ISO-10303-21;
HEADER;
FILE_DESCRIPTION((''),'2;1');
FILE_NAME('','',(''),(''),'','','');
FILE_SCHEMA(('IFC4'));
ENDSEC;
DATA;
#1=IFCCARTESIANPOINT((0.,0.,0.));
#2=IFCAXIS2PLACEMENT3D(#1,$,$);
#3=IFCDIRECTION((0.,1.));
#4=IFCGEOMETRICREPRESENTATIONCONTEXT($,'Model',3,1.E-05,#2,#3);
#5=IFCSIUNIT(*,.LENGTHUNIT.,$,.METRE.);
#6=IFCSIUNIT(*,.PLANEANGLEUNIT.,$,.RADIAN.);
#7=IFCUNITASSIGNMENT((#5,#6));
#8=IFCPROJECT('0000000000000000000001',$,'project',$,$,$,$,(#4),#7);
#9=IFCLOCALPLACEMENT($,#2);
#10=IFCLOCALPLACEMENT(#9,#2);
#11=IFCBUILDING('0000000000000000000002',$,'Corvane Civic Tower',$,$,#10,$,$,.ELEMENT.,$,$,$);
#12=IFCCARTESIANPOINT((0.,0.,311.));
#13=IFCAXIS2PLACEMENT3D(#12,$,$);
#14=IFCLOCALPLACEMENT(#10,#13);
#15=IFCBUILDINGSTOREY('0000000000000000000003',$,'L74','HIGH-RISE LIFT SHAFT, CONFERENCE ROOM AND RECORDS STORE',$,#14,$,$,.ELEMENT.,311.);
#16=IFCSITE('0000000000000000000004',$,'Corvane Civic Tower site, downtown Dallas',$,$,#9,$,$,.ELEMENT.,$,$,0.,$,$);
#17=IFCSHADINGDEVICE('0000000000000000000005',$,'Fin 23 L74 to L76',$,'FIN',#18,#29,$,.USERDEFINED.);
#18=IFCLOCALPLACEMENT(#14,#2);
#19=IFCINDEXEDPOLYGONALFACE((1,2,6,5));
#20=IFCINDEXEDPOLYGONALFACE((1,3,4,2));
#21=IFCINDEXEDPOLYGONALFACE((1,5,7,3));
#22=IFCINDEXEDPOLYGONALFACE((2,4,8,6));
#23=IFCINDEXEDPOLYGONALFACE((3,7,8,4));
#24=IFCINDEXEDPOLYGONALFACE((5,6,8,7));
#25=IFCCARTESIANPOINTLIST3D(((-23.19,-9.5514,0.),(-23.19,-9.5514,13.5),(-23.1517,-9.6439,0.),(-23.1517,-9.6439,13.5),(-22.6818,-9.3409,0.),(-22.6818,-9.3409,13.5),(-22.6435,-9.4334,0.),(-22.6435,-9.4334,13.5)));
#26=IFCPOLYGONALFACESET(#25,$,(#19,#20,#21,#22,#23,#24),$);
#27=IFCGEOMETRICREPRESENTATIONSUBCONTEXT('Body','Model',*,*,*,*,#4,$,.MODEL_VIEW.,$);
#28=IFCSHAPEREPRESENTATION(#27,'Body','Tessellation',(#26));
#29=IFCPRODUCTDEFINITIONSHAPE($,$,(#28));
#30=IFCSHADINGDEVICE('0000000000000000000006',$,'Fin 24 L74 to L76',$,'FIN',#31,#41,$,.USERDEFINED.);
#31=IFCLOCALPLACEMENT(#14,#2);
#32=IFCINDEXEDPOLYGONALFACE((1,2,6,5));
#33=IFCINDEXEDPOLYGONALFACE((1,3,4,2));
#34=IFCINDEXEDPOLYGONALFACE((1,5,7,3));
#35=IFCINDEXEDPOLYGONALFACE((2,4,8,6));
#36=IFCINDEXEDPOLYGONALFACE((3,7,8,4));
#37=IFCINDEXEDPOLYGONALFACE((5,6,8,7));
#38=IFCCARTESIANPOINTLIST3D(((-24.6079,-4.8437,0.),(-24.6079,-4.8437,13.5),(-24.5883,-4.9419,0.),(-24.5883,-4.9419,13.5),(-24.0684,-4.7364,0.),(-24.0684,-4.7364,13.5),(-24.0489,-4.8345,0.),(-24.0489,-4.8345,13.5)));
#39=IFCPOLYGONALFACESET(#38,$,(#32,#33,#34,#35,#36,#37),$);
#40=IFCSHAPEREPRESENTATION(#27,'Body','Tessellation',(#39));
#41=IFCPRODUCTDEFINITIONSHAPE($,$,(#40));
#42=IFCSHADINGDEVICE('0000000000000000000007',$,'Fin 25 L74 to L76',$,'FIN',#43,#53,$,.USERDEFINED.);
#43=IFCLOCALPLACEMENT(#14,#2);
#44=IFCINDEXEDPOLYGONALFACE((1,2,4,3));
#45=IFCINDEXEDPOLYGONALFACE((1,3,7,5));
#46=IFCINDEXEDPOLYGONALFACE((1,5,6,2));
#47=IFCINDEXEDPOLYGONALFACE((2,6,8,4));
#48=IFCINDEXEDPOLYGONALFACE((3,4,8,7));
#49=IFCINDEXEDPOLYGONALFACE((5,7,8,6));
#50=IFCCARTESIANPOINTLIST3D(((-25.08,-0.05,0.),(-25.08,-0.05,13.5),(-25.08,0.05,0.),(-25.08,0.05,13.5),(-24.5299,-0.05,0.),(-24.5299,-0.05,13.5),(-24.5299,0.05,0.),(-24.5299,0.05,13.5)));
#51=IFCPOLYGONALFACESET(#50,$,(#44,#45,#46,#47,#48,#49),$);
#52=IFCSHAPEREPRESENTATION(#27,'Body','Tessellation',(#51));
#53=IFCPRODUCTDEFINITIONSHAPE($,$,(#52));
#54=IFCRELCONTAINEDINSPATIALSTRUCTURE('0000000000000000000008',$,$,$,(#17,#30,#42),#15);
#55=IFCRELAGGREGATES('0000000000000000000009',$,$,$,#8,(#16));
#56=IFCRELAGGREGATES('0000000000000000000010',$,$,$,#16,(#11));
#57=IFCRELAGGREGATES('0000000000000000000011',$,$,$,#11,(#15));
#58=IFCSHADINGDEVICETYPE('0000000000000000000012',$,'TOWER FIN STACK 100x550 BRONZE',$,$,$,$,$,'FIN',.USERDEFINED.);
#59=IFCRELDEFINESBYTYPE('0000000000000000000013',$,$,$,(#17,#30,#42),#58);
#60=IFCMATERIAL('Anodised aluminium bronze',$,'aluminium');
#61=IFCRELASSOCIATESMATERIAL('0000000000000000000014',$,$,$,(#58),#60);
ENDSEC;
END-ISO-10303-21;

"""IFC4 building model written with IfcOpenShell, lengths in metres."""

from ifc_helpers import new_model, si_unit, direction, frame, origin, origin_2d, place, context, subcontext, project, spatial, rectangle, extrude, material, material_profile, profile_set, type_object, element, save


model = new_model("IFC4")

# Units and contexts
model_context = context("Model", 3, precision=1e-05, world=origin(), true_north=direction((0.0, 1.0)))
body_context = subcontext(model_context, "Body", "Model", "MODEL_VIEW")
ifc_project = project(units=[si_unit("LENGTHUNIT", "METRE"), si_unit("PLANEANGLEUNIT", "RADIAN")], contexts=[model_context])

# Site, building, storey
site_placement = place(None, origin())
site = spatial("IfcSite", under=ifc_project, at=site_placement, Name="Corvane Civic Tower site, downtown Dallas", CompositionType="ELEMENT", RefElevation=0.0)
building_placement = place(site_placement, origin())
building = spatial("IfcBuilding", under=site, at=building_placement, Name="Corvane Civic Tower", CompositionType="ELEMENT")
storey_placement = place(building_placement, frame((0.0, 0.0, 311.0)))
storey = spatial("IfcBuildingStorey", under=building, at=storey_placement, Name="L74", Description="HIGH-RISE LIFT SHAFT, CONFERENCE ROOM AND RECORDS STORE", CompositionType="ELEMENT", Elevation=311.0)

# Shading devices
ifc_material_1 = material(Name="Anodised aluminium bronze", Category="aluminium")
ifc_material_profile_1 = material_profile(ifc_material_1, rectangle(XDim=0.1001, YDim=0.55, at=origin_2d()), Name="TOWER FIN STACK 100x550 BRONZE")
ifc_profile_set_1 = profile_set([ifc_material_profile_1], Name="Anodised aluminium bronze")
shading_device_type = type_object("IfcShadingDeviceType", Name="TOWER FIN STACK 100x550 BRONZE", ElementType="FIN", PredefinedType="USERDEFINED", material=ifc_profile_set_1)
for number, where, z_axis, x_axis, name in (
    (1, (-22.9167, -9.4924, 0.0), (0.0, 0.0, 1.0), (-0.382683, 0.92388, 0.0), "Fin 23 L74 to L76"),
    (2, (-24.3284, -4.8391, 0.0), (0.0, 0.0, 1.0), (-0.19509, 0.980785, 0.0), "Fin 24 L74 to L76"),
    (3, (-24.8049, 0.0, 0.0), (0.0, 0.0, 1.0), (0.0, 1.0, 0.0), "Fin 25 L74 to L76"),
):
    element("IfcShadingDevice", number, at=place(storey_placement, frame(where, z_axis=z_axis, x_axis=x_axis)), inside=storey, type_object=shading_device_type, Name=name, ObjectType="FIN", PredefinedType="USERDEFINED", context=body_context, shape_type="SweptSolid", body=[
        extrude(rectangle(XDim=0.1001, YDim=0.55, at=origin_2d()), origin(), (0.0, 0.0, 1.0), 13.5),
    ])

save(model, "model.ifc")
